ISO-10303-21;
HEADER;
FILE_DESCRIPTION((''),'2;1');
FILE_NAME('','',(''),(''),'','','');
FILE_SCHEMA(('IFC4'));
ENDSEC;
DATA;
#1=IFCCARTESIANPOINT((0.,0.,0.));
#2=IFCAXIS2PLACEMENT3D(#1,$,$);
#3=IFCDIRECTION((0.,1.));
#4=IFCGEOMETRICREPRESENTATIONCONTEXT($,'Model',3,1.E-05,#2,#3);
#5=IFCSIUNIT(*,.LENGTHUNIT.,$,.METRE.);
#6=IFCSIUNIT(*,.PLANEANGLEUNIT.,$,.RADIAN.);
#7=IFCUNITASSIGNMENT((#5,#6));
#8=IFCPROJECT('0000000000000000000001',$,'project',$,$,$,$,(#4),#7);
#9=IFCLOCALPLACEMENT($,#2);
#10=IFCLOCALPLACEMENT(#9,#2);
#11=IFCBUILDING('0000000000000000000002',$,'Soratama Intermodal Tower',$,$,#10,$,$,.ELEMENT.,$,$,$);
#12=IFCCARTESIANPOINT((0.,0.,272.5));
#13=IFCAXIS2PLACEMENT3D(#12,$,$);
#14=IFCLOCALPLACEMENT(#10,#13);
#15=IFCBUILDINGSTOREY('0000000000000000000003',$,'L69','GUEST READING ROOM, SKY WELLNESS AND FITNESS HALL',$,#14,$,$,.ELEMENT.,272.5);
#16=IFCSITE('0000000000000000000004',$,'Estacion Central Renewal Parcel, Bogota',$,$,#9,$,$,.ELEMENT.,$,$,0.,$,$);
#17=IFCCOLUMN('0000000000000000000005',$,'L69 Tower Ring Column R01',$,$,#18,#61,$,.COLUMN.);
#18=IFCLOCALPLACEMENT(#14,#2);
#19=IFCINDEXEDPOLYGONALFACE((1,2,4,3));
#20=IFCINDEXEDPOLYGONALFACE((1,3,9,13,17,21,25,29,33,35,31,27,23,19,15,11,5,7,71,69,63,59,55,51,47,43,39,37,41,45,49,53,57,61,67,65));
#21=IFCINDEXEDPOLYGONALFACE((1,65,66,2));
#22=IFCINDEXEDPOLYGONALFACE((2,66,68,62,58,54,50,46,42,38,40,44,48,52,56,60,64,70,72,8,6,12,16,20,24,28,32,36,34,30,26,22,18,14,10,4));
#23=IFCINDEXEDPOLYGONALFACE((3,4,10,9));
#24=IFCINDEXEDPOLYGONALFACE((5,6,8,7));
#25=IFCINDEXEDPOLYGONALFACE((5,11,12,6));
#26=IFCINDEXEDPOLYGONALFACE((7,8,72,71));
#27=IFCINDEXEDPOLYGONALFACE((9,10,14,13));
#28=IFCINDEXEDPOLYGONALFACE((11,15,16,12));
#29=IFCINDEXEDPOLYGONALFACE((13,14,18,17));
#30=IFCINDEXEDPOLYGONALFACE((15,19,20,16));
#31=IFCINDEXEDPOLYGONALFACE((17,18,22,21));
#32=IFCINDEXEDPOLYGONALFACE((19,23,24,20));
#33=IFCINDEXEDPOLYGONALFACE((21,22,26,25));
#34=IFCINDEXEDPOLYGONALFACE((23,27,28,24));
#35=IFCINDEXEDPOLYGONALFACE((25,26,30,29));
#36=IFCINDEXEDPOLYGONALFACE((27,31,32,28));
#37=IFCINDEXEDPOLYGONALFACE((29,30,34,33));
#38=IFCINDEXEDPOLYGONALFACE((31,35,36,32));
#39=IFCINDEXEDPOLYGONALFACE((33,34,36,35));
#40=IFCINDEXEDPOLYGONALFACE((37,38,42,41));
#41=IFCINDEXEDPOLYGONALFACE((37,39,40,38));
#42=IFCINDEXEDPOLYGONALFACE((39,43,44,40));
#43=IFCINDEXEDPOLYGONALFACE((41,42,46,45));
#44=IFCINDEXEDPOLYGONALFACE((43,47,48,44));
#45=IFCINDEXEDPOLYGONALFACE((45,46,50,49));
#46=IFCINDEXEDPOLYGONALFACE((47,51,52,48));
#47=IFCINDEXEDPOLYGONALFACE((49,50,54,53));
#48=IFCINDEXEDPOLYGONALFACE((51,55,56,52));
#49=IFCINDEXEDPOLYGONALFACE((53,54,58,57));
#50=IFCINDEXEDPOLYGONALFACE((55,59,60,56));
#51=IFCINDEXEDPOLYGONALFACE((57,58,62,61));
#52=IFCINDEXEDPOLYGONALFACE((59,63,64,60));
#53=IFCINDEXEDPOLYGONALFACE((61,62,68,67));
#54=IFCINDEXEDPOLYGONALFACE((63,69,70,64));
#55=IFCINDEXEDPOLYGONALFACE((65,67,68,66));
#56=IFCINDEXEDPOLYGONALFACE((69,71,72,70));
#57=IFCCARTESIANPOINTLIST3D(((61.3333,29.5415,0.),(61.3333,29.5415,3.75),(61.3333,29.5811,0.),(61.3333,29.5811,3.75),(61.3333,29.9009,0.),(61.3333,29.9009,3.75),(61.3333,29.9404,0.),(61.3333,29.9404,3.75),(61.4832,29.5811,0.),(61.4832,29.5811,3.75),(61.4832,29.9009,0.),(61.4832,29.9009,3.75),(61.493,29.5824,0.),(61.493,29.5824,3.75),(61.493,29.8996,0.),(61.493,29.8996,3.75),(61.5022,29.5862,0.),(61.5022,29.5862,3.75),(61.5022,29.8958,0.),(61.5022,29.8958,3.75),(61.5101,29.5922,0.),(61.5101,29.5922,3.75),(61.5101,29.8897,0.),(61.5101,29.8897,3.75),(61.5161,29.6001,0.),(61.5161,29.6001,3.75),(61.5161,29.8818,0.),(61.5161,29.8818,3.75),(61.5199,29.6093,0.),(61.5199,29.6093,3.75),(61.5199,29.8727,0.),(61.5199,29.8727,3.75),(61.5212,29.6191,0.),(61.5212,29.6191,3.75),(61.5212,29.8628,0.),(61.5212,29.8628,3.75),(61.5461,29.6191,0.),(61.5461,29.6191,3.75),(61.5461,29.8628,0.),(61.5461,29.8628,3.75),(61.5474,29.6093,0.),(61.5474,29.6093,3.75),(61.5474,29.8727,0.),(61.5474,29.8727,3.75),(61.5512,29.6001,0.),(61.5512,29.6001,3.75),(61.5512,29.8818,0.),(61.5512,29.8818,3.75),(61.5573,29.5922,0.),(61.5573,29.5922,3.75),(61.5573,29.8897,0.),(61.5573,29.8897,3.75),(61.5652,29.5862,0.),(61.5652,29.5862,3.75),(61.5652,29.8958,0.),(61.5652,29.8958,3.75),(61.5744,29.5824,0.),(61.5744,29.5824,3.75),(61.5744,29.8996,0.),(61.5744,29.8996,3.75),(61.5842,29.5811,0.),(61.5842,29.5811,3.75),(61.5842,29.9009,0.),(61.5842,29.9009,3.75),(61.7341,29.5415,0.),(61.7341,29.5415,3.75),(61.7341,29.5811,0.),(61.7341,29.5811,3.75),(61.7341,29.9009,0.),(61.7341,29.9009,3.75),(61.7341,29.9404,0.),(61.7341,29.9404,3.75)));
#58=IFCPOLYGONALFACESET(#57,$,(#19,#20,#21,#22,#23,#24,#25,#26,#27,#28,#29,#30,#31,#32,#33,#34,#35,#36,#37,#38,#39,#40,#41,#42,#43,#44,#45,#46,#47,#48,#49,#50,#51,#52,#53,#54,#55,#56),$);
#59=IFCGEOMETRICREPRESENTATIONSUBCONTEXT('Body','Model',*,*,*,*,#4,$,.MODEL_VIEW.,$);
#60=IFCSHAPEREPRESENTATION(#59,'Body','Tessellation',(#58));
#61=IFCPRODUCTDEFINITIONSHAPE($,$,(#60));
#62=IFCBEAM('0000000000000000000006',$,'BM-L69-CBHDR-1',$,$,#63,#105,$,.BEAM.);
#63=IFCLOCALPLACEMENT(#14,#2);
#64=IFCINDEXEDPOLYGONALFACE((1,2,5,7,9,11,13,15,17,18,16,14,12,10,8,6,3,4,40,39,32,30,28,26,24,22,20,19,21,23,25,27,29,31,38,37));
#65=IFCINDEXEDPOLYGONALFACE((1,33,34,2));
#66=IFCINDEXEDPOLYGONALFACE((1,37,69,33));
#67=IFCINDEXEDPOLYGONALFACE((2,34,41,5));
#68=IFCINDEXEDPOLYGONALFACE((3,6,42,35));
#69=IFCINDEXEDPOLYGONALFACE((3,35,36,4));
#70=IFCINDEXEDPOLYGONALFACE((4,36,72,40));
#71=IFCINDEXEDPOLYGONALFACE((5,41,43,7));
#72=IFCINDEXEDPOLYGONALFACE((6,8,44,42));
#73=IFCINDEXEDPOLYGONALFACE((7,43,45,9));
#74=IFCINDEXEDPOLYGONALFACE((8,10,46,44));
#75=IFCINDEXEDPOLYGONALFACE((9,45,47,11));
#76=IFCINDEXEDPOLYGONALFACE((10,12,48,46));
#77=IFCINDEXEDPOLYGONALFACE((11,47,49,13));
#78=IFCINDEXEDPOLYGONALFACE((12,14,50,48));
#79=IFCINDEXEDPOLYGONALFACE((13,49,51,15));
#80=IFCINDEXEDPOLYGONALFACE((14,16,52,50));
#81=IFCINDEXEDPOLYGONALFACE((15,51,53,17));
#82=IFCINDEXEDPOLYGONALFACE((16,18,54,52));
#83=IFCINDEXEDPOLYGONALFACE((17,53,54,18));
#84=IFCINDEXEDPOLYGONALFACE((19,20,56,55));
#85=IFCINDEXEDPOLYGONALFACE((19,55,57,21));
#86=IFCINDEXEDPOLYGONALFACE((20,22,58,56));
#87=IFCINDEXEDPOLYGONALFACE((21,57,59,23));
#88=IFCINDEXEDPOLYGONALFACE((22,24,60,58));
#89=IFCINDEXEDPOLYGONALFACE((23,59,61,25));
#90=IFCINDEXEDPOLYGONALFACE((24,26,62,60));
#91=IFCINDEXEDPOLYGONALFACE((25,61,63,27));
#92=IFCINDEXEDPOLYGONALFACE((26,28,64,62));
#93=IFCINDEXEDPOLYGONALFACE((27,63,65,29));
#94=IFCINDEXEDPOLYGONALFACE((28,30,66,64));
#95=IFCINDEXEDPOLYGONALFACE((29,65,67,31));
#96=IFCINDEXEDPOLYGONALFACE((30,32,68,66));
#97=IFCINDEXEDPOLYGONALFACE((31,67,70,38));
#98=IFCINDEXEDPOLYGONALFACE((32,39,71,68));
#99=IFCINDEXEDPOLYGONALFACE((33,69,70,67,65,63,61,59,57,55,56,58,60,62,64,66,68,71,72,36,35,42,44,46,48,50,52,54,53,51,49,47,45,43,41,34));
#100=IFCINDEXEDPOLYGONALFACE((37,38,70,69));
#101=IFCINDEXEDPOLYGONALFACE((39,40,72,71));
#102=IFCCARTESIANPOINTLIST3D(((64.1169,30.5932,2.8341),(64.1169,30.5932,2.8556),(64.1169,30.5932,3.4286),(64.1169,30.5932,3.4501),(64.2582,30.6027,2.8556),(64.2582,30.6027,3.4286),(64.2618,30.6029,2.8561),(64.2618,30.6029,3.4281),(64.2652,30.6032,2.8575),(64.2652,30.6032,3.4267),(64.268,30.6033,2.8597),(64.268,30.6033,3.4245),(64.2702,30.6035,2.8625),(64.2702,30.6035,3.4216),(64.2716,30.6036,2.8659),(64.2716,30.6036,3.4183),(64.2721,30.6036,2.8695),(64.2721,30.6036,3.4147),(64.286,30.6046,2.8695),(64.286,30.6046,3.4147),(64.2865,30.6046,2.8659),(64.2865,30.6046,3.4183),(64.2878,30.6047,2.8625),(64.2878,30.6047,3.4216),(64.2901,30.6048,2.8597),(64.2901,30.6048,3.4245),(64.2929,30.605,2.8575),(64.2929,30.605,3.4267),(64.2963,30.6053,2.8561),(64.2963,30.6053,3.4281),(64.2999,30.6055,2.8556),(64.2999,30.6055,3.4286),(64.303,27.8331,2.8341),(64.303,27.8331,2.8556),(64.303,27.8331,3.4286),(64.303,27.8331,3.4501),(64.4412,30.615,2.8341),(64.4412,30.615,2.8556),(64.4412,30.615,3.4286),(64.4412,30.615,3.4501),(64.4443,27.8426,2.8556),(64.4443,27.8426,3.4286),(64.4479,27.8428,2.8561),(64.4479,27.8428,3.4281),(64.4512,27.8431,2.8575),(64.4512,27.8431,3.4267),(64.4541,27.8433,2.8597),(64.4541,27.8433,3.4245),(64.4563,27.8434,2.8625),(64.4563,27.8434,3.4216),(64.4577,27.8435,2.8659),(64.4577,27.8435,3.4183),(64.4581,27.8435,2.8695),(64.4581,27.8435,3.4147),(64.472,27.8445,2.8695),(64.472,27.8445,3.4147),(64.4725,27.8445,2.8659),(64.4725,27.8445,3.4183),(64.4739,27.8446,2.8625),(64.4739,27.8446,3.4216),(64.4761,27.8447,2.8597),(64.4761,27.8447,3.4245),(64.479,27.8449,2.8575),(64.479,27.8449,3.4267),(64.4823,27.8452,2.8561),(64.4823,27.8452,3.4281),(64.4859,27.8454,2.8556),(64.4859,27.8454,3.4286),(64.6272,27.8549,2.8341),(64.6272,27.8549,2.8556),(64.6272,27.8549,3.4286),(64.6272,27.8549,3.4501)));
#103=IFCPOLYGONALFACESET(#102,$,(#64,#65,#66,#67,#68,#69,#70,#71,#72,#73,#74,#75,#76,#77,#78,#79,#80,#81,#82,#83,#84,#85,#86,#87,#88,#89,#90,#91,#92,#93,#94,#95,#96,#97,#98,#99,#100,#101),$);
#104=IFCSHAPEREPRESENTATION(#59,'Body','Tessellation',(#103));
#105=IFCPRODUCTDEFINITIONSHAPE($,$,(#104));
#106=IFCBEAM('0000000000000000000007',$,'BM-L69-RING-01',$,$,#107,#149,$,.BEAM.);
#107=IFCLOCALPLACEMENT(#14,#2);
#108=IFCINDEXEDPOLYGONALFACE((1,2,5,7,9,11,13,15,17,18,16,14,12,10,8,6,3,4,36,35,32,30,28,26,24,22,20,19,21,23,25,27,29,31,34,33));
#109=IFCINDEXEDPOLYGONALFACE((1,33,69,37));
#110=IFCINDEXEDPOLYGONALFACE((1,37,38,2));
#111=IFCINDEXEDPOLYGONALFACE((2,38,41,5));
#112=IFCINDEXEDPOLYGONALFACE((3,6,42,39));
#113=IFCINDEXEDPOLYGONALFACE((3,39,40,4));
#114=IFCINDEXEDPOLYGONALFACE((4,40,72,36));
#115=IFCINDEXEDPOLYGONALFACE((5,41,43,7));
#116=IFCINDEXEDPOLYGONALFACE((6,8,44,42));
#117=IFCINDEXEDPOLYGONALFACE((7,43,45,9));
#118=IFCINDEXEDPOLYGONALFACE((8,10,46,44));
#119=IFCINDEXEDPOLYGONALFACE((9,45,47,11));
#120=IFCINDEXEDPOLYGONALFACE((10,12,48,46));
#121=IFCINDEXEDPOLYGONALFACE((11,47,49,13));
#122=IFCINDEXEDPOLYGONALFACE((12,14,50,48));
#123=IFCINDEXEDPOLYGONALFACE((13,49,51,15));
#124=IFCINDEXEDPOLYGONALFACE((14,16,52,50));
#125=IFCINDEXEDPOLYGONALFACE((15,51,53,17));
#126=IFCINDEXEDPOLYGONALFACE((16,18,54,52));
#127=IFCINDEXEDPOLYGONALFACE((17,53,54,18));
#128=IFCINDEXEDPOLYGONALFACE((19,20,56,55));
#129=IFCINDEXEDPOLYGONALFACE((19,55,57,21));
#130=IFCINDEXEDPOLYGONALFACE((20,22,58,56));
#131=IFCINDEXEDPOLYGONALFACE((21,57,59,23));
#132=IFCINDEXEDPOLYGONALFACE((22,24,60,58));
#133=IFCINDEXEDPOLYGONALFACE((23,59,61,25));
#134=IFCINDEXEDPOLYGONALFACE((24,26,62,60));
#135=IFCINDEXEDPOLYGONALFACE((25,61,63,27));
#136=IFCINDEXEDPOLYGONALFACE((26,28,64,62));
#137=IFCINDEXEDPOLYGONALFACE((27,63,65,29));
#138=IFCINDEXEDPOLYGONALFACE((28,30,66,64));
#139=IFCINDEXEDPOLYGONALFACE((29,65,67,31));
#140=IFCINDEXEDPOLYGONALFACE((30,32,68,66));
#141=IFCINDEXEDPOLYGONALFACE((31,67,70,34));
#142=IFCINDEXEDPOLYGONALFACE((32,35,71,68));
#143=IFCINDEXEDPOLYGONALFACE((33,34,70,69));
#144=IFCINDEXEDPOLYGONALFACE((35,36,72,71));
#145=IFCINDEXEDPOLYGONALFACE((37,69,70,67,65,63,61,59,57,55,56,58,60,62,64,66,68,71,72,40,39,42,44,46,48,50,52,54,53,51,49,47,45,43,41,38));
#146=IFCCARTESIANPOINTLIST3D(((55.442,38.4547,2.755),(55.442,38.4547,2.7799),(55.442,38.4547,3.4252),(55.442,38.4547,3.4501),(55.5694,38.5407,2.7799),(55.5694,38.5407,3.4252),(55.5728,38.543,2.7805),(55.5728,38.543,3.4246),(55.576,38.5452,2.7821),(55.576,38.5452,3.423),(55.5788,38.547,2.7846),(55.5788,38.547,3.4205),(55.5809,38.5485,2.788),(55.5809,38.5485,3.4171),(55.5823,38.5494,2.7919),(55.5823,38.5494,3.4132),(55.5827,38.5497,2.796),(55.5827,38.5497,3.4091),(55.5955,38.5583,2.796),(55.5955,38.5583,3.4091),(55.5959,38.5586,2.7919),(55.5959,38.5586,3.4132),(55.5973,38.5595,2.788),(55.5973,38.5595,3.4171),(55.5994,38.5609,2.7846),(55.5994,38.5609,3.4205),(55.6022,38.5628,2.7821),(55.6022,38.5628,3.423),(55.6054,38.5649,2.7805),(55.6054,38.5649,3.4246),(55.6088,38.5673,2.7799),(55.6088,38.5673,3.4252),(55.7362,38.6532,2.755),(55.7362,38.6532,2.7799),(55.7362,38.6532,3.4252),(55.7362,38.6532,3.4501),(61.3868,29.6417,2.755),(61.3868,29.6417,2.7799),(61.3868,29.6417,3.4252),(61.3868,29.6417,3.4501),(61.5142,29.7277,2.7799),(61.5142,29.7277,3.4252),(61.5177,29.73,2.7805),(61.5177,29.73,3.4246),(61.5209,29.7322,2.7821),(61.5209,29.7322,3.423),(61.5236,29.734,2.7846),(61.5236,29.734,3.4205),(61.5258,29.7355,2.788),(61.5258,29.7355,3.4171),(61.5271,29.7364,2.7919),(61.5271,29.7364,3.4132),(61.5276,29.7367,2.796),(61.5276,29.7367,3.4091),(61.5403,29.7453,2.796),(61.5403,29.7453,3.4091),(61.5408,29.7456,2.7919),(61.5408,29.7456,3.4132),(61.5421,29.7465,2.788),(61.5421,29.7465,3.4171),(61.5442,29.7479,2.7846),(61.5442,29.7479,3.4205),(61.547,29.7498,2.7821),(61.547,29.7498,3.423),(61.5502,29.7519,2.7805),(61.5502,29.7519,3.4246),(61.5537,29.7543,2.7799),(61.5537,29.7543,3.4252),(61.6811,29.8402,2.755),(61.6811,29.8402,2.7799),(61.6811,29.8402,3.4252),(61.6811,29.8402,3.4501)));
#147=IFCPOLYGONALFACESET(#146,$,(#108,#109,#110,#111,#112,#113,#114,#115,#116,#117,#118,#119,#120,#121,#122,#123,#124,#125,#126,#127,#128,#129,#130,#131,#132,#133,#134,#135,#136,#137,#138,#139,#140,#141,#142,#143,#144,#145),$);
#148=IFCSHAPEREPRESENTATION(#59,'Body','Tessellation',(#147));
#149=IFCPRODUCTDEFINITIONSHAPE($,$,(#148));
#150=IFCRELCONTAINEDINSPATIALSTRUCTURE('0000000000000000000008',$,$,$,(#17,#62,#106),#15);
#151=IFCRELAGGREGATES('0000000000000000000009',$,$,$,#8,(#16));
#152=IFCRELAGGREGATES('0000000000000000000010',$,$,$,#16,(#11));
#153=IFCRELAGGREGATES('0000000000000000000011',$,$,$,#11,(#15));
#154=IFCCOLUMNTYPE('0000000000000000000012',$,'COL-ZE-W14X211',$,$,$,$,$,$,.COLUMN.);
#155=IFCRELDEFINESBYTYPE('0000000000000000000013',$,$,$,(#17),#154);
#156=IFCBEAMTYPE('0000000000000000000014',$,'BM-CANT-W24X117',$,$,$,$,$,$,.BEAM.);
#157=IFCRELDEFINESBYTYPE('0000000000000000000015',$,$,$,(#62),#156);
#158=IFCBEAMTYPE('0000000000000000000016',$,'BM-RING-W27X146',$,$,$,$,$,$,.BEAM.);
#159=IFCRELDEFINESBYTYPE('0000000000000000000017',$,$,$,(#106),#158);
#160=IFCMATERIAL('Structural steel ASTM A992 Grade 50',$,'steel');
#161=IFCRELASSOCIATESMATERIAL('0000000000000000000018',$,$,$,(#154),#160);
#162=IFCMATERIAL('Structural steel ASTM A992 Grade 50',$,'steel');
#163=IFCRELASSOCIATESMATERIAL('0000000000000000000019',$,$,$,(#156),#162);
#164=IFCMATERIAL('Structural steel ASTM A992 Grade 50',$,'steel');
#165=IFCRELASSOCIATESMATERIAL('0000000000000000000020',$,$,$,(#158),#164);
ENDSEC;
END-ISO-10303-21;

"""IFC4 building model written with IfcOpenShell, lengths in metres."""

from ifc_helpers import new_model, si_unit, direction, frame, origin, origin_2d, place, context, subcontext, project, spatial, i_section, extrude, material, material_profile, profile_set, type_object, element, save


model = new_model("IFC4")

# Units and contexts
model_context = context("Model", 3, precision=1e-05, world=origin(), true_north=direction((0.0, 1.0)))
body_context = subcontext(model_context, "Body", "Model", "MODEL_VIEW")
ifc_project = project(units=[si_unit("LENGTHUNIT", "METRE"), si_unit("PLANEANGLEUNIT", "RADIAN")], contexts=[model_context])

# Site, building, storey
site_placement = place(None, origin())
site = spatial("IfcSite", under=ifc_project, at=site_placement, Name="Estacion Central Renewal Parcel, Bogota", CompositionType="ELEMENT", RefElevation=0.0)
building_placement = place(site_placement, origin())
building = spatial("IfcBuilding", under=site, at=building_placement, Name="Soratama Intermodal Tower", CompositionType="ELEMENT")
storey_placement = place(building_placement, frame((0.0, 0.0, 272.5)))
storey = spatial("IfcBuildingStorey", under=building, at=storey_placement, Name="L69", Description="GUEST READING ROOM, SKY WELLNESS AND FITNESS HALL", CompositionType="ELEMENT", Elevation=272.5)

# Column
ifc_material_1 = material(Name="Structural steel ASTM A992 Grade 50", Category="steel")
ifc_material_profile_1 = material_profile(ifc_material_1, i_section(OverallWidth=0.4009, OverallDepth=0.3989, WebThickness=0.0249, FlangeThickness=0.0396, FilletRadius=0.0381, at=origin_2d()), Name="W14X211")
ifc_profile_set_1 = profile_set([ifc_material_profile_1], Name="Structural steel ASTM A992 Grade 50")
column_type = type_object("IfcColumnType", Name="COL-ZE-W14X211", PredefinedType="COLUMN", material=ifc_profile_set_1)
column_placement = place(storey_placement, frame((61.5337, 29.741, 0.0), z_axis=(0.0, 0.0, 1.0), x_axis=(1.0, 0.0, 0.0)))
element("IfcColumn", 1, at=column_placement, inside=storey, type_object=column_type, Name="L69 Tower Ring Column R01", PredefinedType="COLUMN", context=body_context, shape_type="SweptSolid", body=[
    extrude(i_section(OverallWidth=0.4009, OverallDepth=0.3989, WebThickness=0.0249, FlangeThickness=0.0396, FilletRadius=0.0381, at=origin_2d()), origin(), (0.0, 0.0, 1.0), 3.75),
])

# Beams
ifc_material_2 = material(Name="Structural steel ASTM A992 Grade 50", Category="steel")
ifc_material_profile_2 = material_profile(ifc_material_2, i_section(OverallWidth=0.325, OverallDepth=0.616, WebThickness=0.0139, FlangeThickness=0.0215, FilletRadius=0.0139, at=origin_2d()), Name="W24X117")
ifc_profile_set_2 = profile_set([ifc_material_profile_2], Name="Structural steel ASTM A992 Grade 50")
beam_type_1 = type_object("IfcBeamType", Name="BM-CANT-W24X117", PredefinedType="BEAM", material=ifc_profile_set_2)
beam_1_placement = place(storey_placement, frame((64.4651, 27.844, 3.1421), z_axis=(-0.067251, 0.997736, 0.0), x_axis=(-0.997736, -0.067251, 0.0)))
element("IfcBeam", 2, at=beam_1_placement, inside=storey, type_object=beam_type_1, Name="BM-L69-CBHDR-1", PredefinedType="BEAM", context=body_context, shape_type="SweptSolid", body=[
    extrude(i_section(OverallWidth=0.325, OverallDepth=0.616, WebThickness=0.0139, FlangeThickness=0.0215, FilletRadius=0.0139, at=origin_2d()), origin(), (0.0, 0.0, 1.0), 2.7664),
])
ifc_material_3 = material(Name="Structural steel ASTM A992 Grade 50", Category="steel")
ifc_material_profile_3 = material_profile(ifc_material_3, i_section(OverallWidth=0.355, OverallDepth=0.6951, WebThickness=0.0154, FlangeThickness=0.0249, FilletRadius=0.0161, at=origin_2d()), Name="W27X146")
ifc_profile_set_3 = profile_set([ifc_material_profile_3], Name="Structural steel ASTM A992 Grade 50")
beam_type_2 = type_object("IfcBeamType", Name="BM-RING-W27X146", PredefinedType="BEAM", material=ifc_profile_set_3)
beam_2_placement = place(storey_placement, frame((61.5339, 29.741, 3.1025), z_axis=(-0.559218, 0.829021, 0.0), x_axis=(-0.829021, -0.559218, 0.0)))
element("IfcBeam", 3, at=beam_2_placement, inside=storey, type_object=beam_type_2, Name="BM-L69-RING-01", PredefinedType="BEAM", context=body_context, shape_type="SweptSolid", body=[
    extrude(i_section(OverallWidth=0.355, OverallDepth=0.6951, WebThickness=0.0154, FlangeThickness=0.0249, FilletRadius=0.0161, at=origin_2d()), origin(), (0.0, 0.0, 1.0), 10.6306),
])

save(model, "model.ifc")
